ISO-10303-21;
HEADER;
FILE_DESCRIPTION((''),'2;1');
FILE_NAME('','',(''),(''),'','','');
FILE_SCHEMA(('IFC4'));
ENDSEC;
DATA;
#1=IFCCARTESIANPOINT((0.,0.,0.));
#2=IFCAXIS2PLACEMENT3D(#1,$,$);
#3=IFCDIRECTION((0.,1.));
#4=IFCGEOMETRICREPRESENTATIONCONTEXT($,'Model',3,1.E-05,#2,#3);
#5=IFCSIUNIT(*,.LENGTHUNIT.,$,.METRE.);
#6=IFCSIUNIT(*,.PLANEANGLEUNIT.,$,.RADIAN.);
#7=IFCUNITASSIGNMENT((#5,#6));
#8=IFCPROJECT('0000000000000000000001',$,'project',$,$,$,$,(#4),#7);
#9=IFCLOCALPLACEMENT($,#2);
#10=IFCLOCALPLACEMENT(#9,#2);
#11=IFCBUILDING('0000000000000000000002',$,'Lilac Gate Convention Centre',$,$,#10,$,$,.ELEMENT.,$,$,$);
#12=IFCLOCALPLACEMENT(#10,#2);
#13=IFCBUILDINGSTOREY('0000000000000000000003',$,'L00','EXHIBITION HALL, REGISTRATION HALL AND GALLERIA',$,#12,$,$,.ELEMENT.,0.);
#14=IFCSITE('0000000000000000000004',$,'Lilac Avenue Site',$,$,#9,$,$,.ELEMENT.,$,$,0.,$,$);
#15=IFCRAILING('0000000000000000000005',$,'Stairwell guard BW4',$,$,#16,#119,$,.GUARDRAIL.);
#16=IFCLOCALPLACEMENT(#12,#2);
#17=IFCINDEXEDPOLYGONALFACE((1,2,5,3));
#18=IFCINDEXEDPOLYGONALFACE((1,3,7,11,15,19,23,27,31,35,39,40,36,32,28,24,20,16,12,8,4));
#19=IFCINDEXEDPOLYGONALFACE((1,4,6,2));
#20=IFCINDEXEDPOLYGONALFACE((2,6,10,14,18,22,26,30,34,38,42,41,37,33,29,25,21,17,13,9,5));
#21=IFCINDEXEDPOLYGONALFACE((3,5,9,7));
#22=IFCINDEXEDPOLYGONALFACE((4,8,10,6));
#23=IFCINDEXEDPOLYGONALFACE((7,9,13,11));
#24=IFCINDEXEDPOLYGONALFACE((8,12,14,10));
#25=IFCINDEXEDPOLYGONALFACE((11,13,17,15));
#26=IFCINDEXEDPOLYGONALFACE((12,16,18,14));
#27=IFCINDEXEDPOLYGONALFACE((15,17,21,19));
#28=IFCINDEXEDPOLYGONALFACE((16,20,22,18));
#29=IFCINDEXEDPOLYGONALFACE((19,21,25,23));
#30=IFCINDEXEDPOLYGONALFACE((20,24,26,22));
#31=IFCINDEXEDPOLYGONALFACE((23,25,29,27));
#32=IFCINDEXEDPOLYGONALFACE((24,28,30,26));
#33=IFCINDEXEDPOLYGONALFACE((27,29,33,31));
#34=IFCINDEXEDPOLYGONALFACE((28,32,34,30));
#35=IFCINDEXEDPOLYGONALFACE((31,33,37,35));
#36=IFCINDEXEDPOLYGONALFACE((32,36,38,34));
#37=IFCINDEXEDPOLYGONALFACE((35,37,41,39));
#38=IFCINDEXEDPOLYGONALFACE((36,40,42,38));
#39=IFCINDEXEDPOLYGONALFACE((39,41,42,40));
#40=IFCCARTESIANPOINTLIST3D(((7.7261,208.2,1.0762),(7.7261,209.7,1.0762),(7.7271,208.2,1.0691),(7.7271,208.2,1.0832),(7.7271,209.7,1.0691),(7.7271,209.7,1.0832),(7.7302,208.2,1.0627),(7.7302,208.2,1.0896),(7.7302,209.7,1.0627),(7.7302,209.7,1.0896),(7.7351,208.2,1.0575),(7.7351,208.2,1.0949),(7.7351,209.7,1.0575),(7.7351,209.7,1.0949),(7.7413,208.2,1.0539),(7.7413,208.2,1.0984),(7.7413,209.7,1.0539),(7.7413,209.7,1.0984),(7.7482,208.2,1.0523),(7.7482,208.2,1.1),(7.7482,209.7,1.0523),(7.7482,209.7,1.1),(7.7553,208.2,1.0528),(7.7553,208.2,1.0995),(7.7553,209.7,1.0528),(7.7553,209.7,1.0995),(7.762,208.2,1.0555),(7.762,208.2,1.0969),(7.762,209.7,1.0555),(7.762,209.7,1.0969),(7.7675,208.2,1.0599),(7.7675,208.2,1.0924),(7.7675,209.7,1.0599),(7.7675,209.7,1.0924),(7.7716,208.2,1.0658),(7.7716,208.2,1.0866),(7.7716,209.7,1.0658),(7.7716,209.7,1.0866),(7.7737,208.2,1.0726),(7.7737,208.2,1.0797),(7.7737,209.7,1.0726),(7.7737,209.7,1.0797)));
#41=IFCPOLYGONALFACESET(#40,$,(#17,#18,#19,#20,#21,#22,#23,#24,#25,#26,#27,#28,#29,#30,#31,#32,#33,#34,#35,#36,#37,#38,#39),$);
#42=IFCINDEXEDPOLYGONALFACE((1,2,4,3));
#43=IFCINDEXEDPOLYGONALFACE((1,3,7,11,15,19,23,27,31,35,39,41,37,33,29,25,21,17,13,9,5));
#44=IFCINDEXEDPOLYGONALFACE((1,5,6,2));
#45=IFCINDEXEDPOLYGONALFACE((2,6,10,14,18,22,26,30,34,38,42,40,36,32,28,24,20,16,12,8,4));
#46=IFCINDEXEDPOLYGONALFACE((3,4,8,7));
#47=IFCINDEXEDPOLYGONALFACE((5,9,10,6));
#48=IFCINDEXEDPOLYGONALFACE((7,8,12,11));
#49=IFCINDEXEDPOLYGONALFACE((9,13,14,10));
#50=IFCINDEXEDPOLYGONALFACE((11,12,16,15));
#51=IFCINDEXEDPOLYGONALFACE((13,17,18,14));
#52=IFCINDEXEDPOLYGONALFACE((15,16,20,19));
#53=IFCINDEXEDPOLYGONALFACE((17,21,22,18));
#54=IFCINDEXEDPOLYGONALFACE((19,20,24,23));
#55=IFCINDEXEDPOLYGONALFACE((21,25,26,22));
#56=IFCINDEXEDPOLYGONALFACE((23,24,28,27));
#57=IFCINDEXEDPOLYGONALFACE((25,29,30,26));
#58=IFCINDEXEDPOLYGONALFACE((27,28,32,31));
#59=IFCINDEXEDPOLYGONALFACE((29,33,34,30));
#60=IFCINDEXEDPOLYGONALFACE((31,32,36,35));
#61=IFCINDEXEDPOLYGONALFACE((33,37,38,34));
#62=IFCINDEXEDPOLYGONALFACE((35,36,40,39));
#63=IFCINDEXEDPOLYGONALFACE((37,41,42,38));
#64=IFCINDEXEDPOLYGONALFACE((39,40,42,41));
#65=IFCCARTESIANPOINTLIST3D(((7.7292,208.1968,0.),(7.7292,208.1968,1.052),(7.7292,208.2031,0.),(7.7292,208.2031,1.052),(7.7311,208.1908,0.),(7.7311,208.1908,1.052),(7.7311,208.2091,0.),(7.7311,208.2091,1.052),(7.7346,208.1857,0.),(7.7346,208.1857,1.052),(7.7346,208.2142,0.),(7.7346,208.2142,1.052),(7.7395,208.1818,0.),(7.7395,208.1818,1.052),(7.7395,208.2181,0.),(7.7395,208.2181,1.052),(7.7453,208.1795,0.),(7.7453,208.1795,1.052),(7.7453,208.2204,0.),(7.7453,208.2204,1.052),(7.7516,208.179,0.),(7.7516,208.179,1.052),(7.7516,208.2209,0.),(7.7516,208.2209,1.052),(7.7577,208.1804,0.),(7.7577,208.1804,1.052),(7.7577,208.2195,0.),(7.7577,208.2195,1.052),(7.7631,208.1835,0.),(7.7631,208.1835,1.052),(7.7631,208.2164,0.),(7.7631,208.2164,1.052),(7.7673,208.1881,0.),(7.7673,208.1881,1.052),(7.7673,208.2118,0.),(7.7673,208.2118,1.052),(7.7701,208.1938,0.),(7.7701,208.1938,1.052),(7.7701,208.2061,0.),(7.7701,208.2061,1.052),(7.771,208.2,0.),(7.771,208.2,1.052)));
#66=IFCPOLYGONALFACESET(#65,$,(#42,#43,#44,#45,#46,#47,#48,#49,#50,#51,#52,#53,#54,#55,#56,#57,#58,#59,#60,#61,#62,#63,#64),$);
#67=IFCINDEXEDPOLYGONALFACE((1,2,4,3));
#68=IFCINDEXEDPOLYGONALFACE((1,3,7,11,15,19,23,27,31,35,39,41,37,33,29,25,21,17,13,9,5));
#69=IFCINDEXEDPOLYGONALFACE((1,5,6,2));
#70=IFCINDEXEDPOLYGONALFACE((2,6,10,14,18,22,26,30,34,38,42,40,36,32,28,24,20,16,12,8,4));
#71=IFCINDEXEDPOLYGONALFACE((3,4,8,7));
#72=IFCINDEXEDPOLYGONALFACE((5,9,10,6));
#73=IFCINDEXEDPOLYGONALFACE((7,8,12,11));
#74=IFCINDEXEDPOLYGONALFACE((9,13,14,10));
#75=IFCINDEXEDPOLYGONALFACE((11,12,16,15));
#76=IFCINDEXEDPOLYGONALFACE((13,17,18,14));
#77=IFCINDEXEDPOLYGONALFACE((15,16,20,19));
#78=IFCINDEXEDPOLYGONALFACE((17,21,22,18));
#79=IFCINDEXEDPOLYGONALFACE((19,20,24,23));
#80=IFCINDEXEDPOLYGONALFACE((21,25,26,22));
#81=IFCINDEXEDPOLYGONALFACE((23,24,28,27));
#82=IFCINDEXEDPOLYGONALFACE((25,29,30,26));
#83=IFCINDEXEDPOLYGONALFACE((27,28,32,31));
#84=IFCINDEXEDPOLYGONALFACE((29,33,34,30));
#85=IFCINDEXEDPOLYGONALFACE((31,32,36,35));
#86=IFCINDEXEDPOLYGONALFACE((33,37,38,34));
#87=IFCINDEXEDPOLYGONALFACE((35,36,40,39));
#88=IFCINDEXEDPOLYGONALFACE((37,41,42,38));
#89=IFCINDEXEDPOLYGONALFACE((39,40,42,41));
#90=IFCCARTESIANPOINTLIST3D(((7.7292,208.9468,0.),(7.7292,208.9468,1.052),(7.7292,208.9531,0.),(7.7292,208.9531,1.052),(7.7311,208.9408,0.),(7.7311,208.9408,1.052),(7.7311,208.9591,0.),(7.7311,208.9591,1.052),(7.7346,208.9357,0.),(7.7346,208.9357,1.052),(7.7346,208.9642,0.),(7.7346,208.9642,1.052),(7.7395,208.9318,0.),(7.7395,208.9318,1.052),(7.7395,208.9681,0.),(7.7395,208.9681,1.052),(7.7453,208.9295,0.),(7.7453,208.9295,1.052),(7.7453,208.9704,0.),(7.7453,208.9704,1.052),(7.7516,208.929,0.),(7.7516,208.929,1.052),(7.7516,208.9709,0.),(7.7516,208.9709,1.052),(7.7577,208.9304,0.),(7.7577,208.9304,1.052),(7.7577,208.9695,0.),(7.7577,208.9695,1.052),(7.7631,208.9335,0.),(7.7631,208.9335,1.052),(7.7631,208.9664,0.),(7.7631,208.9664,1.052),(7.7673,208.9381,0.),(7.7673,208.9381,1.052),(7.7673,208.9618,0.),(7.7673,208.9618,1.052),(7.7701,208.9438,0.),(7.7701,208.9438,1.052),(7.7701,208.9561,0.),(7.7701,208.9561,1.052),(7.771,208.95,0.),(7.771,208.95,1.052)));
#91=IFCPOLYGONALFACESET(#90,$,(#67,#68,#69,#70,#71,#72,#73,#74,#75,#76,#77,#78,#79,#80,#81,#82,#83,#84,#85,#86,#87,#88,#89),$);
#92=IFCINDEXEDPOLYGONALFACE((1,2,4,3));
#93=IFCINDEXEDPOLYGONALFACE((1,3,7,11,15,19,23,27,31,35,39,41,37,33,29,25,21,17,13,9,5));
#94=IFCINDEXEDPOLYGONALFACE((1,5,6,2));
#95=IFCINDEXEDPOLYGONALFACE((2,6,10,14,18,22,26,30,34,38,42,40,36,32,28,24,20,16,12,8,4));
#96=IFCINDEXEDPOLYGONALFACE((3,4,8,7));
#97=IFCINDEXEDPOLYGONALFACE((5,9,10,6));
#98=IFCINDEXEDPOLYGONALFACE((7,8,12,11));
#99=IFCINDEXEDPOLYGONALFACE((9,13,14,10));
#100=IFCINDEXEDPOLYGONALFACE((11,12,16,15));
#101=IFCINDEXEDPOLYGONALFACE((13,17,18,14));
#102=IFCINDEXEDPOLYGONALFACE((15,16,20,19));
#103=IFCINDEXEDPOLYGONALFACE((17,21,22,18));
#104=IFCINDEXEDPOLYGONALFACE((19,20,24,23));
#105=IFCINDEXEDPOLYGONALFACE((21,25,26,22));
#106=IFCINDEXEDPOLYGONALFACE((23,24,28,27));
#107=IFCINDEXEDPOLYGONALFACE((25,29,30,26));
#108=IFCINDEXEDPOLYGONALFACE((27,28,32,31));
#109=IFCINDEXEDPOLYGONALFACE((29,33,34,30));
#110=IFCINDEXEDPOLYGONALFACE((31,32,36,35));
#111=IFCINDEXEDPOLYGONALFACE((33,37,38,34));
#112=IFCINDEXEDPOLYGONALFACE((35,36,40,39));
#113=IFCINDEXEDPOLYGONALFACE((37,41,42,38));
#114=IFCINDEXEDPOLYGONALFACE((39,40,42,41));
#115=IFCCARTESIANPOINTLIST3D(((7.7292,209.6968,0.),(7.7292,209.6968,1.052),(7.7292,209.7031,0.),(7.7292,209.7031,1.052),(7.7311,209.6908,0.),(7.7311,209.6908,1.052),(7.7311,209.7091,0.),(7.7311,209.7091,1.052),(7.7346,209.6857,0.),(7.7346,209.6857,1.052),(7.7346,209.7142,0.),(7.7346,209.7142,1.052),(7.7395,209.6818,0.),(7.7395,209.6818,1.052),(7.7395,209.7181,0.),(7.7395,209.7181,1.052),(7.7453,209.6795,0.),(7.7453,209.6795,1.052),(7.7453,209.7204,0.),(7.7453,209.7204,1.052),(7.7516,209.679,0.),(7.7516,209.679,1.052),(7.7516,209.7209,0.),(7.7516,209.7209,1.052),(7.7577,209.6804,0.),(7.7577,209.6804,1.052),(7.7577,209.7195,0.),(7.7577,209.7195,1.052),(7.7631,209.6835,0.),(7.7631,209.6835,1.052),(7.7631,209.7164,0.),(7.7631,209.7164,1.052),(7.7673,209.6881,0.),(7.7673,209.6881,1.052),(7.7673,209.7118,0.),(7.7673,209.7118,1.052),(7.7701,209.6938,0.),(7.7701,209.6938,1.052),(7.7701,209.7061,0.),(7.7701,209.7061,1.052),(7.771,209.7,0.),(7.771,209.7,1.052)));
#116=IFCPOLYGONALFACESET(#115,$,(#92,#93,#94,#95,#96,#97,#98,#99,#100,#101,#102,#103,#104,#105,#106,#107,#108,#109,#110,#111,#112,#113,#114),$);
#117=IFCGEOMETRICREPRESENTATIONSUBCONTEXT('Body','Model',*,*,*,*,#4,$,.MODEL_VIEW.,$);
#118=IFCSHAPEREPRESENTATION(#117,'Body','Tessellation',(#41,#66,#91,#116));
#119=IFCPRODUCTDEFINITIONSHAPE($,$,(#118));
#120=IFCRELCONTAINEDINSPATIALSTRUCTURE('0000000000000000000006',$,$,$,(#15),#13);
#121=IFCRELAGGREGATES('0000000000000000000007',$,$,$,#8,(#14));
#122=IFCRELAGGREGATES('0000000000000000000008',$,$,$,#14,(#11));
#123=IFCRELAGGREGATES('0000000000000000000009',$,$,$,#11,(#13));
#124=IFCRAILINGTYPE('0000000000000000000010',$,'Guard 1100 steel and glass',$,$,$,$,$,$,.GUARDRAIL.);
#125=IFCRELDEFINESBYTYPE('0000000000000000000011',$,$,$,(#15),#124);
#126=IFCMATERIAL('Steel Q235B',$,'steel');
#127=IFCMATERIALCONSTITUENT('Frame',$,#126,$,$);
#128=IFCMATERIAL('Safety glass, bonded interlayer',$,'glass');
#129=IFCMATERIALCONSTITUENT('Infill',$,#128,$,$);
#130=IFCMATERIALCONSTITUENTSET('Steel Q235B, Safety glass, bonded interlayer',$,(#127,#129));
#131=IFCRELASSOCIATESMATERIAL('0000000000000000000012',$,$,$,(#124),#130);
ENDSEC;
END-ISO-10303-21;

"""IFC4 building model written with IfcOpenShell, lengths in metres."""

from ifc_helpers import new_model, si_unit, direction, frame, origin, origin_2d, place, context, subcontext, project, spatial, circle, extrude, material, constituent, constituent_set, type_object, element, save


model = new_model("IFC4")

# Units and contexts
model_context = context("Model", 3, precision=1e-05, world=origin(), true_north=direction((0.0, 1.0)))
body_context = subcontext(model_context, "Body", "Model", "MODEL_VIEW")
ifc_project = project(units=[si_unit("LENGTHUNIT", "METRE"), si_unit("PLANEANGLEUNIT", "RADIAN")], contexts=[model_context])

# Site, building, storey
site_placement = place(None, origin())
site = spatial("IfcSite", under=ifc_project, at=site_placement, Name="Lilac Avenue Site", CompositionType="ELEMENT", RefElevation=0.0)
building_placement = place(site_placement, origin())
building = spatial("IfcBuilding", under=site, at=building_placement, Name="Lilac Gate Convention Centre", CompositionType="ELEMENT")
storey_placement = place(building_placement, origin())
storey = spatial("IfcBuildingStorey", under=building, at=storey_placement, Name="L00", Description="EXHIBITION HALL, REGISTRATION HALL AND GALLERIA", CompositionType="ELEMENT", Elevation=0.0)

# Railing
ifc_material_1 = material(Name="Steel Q235B", Category="steel")
ifc_constituent_1 = constituent(ifc_material_1, Name="Frame")
ifc_material_2 = material(Name="Safety glass, bonded interlayer", Category="glass")
ifc_constituent_2 = constituent(ifc_material_2, Name="Infill")
ifc_constituent_set = constituent_set(constituents=[ifc_constituent_1, ifc_constituent_2], Name="Steel Q235B, Safety glass, bonded interlayer")
railing_type_1 = type_object("IfcRailingType", Name="Guard 1100 steel and glass", PredefinedType="GUARDRAIL", material=ifc_constituent_set)
railing_1_placement = place(storey_placement, frame((7.75, 208.2, 0.0)))
element("IfcRailing", 1, at=railing_1_placement, inside=storey, type_object=railing_type_1, Name="Stairwell guard BW4", PredefinedType="GUARDRAIL", context=body_context, shape_type="SweptSolid", body=[
    extrude(circle(Radius=0.0239, at=origin_2d()), frame((0.0, 0.0, 1.0762), z_axis=(0.0, 1.0, 0.0), x_axis=(-1.0, 0.0, 0.0)), (0.0, 0.0, 1.0), 1.5),
    extrude(circle(Radius=0.021, at=origin_2d()), origin(), (0.0, 0.0, 1.0), 1.052),
    extrude(circle(Radius=0.021, at=origin_2d()), frame((0.0, 0.75, 0.0)), (0.0, 0.0, 1.0), 1.052),
    extrude(circle(Radius=0.021, at=origin_2d()), frame((0.0, 1.5, 0.0)), (0.0, 0.0, 1.0), 1.052),
])

save(model, "model.ifc")
